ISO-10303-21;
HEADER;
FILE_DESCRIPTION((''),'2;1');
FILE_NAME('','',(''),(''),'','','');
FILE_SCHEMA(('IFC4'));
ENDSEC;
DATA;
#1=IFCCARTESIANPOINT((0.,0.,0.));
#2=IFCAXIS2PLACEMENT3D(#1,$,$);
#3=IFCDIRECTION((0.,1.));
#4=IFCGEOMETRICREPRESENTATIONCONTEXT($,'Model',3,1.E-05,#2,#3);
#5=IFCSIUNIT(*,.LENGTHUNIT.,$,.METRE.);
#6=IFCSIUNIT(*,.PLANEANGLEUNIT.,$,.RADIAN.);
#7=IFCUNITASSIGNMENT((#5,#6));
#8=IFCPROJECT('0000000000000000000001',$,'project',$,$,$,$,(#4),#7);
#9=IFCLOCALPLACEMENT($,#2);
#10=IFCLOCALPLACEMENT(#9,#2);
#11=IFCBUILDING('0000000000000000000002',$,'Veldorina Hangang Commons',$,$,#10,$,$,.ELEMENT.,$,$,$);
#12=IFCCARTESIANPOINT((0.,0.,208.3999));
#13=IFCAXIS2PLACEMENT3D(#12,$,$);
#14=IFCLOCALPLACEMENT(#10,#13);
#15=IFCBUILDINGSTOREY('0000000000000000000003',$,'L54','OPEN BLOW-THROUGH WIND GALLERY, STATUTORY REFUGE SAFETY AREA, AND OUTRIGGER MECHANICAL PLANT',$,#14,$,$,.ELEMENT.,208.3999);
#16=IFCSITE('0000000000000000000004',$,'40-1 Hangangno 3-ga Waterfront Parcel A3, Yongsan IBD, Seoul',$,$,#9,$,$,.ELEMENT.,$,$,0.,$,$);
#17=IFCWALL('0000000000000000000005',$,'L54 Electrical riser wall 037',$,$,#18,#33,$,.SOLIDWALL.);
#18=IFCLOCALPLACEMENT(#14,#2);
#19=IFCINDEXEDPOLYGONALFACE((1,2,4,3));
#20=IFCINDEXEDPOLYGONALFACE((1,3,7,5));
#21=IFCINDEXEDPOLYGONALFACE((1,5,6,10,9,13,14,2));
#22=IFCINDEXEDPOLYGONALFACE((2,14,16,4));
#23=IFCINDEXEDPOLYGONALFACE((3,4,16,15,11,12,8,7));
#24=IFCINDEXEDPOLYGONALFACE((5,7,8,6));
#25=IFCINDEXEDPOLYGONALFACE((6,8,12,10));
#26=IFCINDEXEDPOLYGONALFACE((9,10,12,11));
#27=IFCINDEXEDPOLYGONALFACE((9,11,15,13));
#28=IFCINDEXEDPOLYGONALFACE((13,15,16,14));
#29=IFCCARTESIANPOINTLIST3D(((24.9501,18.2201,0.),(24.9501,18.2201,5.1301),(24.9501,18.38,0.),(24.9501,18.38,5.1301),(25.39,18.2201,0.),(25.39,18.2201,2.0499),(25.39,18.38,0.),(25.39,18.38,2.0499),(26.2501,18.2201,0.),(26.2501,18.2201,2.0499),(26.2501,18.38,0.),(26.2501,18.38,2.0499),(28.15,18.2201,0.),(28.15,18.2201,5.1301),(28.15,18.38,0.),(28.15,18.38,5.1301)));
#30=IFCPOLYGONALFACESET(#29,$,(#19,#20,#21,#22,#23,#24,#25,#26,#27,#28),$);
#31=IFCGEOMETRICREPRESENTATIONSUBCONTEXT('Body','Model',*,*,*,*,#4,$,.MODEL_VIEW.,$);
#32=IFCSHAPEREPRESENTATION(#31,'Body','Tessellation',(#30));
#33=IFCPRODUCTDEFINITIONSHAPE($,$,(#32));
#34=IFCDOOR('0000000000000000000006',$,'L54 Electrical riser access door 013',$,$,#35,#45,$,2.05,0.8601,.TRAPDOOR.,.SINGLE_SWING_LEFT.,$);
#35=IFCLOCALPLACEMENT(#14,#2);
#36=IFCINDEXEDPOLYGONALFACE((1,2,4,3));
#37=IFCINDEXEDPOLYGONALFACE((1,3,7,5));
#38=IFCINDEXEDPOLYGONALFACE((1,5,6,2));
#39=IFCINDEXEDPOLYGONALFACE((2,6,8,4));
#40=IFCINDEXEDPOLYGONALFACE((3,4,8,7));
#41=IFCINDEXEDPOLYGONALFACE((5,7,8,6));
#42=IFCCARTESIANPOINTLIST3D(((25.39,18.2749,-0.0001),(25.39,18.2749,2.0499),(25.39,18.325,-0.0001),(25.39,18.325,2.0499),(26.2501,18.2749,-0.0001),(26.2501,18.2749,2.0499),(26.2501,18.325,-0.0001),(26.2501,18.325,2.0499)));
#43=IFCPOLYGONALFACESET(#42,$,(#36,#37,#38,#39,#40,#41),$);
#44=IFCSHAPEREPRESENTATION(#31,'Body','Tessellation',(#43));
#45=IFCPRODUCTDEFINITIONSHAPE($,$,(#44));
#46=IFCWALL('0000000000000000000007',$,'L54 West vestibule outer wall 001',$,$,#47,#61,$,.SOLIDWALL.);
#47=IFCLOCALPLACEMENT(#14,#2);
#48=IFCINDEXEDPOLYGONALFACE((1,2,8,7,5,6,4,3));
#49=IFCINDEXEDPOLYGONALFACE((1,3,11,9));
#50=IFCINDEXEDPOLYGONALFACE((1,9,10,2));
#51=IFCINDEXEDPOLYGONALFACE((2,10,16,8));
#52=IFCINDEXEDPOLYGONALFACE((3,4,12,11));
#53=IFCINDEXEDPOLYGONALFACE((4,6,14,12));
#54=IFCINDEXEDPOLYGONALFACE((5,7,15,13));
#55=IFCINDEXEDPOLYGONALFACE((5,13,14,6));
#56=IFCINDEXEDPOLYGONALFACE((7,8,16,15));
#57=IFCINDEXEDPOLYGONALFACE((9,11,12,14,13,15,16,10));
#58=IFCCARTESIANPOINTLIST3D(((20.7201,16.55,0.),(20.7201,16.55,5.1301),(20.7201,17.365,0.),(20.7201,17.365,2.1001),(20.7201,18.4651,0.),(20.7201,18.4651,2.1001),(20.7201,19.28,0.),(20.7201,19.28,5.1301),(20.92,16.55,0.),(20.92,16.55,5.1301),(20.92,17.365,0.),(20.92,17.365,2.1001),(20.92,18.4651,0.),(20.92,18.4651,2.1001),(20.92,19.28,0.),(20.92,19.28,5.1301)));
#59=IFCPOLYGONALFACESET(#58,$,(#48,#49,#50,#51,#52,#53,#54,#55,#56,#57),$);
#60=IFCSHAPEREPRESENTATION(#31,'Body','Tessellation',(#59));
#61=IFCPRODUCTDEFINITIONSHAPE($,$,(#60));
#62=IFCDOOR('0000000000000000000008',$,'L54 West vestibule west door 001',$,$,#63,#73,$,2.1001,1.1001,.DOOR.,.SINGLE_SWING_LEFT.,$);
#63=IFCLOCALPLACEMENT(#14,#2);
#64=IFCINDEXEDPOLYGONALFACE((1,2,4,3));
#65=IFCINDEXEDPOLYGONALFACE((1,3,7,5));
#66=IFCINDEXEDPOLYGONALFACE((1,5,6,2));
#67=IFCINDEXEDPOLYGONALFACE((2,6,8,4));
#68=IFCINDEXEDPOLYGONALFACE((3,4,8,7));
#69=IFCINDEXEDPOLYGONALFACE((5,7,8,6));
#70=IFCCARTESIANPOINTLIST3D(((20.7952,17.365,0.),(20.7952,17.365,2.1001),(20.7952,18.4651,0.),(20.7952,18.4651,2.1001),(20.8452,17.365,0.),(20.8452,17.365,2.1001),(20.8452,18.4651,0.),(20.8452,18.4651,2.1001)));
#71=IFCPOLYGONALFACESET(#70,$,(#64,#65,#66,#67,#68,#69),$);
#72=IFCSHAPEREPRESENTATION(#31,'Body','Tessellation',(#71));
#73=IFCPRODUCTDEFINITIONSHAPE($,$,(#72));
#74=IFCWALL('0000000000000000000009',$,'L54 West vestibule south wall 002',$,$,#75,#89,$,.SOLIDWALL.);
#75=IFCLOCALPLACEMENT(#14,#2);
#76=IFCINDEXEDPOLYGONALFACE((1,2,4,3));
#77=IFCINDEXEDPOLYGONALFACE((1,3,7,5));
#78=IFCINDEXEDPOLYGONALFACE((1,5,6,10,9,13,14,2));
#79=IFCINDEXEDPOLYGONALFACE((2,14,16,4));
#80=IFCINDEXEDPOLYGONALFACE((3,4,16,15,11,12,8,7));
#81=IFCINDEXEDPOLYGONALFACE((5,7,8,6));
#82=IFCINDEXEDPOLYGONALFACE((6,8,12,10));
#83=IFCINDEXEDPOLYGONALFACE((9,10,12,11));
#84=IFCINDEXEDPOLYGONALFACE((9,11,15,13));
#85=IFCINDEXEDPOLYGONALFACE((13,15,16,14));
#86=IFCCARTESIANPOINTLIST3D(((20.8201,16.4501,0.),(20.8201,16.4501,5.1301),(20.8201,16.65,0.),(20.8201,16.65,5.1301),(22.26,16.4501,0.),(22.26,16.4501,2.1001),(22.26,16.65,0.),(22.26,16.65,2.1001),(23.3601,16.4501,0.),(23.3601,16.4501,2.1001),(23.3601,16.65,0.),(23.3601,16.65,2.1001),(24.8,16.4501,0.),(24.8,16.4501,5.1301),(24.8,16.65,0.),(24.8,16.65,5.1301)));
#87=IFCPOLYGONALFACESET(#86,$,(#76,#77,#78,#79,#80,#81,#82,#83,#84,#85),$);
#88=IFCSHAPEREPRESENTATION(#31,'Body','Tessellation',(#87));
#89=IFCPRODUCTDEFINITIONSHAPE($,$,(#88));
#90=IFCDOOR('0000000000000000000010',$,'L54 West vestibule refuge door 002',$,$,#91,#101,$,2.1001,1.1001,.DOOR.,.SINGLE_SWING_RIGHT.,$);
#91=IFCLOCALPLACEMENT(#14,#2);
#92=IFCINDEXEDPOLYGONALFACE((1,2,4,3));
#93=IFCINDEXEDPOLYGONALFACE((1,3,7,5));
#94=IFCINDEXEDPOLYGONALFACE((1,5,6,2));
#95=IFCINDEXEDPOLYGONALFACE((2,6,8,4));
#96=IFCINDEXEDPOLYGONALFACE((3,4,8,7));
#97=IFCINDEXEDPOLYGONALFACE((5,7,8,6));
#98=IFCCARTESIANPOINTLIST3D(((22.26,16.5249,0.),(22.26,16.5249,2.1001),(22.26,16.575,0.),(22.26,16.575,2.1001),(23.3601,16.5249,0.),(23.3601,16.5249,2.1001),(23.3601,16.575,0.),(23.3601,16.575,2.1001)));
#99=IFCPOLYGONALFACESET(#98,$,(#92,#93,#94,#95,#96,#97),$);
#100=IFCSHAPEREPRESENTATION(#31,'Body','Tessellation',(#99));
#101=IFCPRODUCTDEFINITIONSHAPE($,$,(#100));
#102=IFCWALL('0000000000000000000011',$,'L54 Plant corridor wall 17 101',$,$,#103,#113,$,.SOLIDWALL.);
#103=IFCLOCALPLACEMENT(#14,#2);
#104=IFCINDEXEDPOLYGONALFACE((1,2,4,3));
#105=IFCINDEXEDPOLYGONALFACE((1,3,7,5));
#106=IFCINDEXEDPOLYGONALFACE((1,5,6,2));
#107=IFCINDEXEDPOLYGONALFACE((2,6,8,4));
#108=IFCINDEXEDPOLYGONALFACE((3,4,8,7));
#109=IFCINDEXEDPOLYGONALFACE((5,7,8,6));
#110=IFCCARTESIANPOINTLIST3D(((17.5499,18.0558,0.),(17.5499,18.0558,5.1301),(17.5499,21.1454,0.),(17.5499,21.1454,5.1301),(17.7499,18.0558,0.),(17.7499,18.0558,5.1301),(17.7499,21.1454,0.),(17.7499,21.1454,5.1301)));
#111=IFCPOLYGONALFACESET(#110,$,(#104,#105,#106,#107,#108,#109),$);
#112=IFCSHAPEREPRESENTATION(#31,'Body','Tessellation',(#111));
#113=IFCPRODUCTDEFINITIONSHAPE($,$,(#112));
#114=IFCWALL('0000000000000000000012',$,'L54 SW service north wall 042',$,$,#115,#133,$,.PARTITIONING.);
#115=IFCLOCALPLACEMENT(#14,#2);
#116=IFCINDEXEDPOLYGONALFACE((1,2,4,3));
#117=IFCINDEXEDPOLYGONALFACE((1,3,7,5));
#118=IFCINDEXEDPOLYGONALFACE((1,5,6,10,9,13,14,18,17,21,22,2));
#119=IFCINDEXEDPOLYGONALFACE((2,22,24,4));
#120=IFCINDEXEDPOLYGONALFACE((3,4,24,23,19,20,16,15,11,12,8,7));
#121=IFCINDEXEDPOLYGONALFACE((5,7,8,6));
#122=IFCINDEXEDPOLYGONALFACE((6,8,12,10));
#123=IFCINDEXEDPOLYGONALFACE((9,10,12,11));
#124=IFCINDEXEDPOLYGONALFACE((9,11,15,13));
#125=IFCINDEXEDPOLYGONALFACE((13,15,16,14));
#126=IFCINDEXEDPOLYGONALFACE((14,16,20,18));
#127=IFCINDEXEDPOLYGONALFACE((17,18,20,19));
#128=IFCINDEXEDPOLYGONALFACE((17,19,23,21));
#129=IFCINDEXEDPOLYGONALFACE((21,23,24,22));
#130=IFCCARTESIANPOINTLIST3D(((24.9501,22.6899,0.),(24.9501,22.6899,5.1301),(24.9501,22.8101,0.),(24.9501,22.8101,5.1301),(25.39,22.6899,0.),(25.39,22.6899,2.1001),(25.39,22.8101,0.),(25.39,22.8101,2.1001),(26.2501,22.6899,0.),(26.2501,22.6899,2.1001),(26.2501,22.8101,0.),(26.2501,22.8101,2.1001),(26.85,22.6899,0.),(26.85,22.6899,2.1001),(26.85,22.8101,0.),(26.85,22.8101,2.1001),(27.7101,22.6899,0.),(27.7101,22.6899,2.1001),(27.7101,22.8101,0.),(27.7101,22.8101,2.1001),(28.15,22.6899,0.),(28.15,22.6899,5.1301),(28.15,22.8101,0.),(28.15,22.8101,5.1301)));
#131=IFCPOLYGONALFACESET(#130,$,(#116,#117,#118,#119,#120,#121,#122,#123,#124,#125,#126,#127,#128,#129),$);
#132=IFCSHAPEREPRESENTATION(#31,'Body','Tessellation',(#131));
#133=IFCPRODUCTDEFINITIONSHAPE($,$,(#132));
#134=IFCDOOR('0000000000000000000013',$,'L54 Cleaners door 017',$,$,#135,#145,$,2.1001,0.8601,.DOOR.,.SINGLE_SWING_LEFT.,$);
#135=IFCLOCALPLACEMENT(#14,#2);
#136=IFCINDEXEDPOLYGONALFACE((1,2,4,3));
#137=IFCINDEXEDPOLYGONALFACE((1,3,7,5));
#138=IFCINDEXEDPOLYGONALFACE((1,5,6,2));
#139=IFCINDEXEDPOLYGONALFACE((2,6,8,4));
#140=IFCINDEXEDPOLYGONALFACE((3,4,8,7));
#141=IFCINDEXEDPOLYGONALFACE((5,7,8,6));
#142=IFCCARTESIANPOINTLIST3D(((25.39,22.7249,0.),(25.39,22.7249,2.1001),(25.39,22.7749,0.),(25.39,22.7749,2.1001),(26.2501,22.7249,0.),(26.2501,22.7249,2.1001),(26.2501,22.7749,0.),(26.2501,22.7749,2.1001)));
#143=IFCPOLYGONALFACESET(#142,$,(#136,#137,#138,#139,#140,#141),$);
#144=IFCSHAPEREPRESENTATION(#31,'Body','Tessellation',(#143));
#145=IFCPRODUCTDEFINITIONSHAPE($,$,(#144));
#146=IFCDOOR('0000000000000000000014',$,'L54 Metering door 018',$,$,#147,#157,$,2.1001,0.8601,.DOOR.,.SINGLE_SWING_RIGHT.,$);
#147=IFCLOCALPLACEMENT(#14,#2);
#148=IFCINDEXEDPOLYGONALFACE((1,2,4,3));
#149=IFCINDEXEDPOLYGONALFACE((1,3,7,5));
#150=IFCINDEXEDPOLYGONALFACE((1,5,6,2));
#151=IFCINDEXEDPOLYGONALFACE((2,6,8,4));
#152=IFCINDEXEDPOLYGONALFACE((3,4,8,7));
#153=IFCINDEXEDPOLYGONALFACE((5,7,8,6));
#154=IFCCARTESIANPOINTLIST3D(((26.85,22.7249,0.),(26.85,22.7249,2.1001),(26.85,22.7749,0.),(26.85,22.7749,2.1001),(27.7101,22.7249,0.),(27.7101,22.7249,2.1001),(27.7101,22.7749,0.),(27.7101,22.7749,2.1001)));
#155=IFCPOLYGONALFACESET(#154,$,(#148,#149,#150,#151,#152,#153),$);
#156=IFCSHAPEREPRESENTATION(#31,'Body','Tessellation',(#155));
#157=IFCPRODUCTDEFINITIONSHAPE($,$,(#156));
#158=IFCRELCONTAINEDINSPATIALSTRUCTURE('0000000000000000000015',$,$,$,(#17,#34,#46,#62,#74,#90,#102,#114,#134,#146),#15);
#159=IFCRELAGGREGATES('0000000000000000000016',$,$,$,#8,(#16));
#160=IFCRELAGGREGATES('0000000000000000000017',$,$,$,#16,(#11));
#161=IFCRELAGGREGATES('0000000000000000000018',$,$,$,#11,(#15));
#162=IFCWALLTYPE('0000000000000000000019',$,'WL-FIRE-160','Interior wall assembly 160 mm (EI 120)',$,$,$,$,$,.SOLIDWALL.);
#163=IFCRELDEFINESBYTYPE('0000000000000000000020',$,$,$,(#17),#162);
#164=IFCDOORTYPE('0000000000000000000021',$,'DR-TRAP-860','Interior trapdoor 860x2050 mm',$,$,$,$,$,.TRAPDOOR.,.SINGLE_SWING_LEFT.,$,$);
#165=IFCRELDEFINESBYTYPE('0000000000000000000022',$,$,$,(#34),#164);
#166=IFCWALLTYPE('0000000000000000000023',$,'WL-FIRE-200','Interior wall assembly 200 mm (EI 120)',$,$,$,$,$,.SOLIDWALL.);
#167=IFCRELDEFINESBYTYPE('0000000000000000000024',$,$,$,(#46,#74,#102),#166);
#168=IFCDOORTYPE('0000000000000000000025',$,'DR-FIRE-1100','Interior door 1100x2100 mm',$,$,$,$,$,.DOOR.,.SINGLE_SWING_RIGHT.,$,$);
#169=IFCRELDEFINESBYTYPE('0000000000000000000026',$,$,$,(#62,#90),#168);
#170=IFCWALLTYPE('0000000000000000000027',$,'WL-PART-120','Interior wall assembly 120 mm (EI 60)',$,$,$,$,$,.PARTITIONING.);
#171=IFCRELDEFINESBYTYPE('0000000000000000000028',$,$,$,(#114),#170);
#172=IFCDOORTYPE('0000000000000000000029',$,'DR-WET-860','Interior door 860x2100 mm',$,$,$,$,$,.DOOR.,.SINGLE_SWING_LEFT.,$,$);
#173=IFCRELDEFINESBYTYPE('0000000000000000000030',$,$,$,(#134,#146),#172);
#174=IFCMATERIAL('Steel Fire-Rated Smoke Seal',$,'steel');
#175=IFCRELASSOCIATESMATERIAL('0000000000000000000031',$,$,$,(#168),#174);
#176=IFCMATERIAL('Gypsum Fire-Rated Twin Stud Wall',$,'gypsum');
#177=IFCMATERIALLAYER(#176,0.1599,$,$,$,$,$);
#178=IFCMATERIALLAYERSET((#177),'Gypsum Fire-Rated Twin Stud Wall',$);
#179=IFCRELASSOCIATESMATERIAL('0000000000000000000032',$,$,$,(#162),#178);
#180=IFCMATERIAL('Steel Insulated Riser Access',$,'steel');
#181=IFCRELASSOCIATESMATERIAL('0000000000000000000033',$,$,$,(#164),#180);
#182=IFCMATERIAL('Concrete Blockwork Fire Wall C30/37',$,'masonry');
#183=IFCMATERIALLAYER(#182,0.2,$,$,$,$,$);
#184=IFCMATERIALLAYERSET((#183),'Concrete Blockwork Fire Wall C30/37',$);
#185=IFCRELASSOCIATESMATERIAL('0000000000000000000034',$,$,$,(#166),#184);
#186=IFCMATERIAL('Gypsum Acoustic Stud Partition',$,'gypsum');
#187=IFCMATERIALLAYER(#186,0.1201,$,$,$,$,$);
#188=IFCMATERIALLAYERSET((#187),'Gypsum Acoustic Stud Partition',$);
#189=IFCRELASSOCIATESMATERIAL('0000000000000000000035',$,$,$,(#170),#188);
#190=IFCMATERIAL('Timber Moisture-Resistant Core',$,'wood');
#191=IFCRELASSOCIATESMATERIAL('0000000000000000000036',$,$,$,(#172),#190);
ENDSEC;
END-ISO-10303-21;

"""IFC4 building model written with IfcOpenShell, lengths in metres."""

from ifc_helpers import new_model, si_unit, direction, frame, frame_2d, origin, place, context, subcontext, project, spatial, rectangle, extrude, material, layer, layer_set, type_object, element, fill, save


model = new_model("IFC4")

# Units and contexts
model_context = context("Model", 3, precision=1e-05, world=origin(), true_north=direction((0.0, 1.0)))
body_context = subcontext(model_context, "Body", "Model", "MODEL_VIEW")
ifc_project = project(units=[si_unit("LENGTHUNIT", "METRE"), si_unit("PLANEANGLEUNIT", "RADIAN")], contexts=[model_context])

# Site, building, storey
site_placement = place(None, origin())
site = spatial("IfcSite", under=ifc_project, at=site_placement, Name="40-1 Hangangno 3-ga Waterfront Parcel A3, Yongsan IBD, Seoul", CompositionType="ELEMENT", RefElevation=0.0)
building_placement = place(site_placement, origin())
building = spatial("IfcBuilding", under=site, at=building_placement, Name="Veldorina Hangang Commons", CompositionType="ELEMENT")
storey_placement = place(building_placement, frame((0.0, 0.0, 208.3999)))
storey = spatial("IfcBuildingStorey", under=building, at=storey_placement, Name="L54", Description="OPEN BLOW-THROUGH WIND GALLERY, STATUTORY REFUGE SAFETY AREA, AND OUTRIGGER MECHANICAL PLANT", CompositionType="ELEMENT", Elevation=208.3999)

# Walls, openings, doors
ifc_material_1 = material(Name="Steel Fire-Rated Smoke Seal", Category="steel")
door_type_1 = type_object("IfcDoorType", Name="DR-FIRE-1100", Description="Interior door 1100x2100 mm", OperationType="SINGLE_SWING_RIGHT", PredefinedType="DOOR", material=ifc_material_1)
ifc_material_2 = material(Name="Gypsum Fire-Rated Twin Stud Wall", Category="gypsum")
ifc_layer_1 = layer(ifc_material_2, 0.1599)
ifc_layer_set_1 = layer_set([ifc_layer_1], Name="Gypsum Fire-Rated Twin Stud Wall")
wall_type_1 = type_object("IfcWallType", Name="WL-FIRE-160", Description="Interior wall assembly 160 mm (EI 120)", PredefinedType="SOLIDWALL", material=ifc_layer_set_1)
wall_1_placement = place(storey_placement, frame((24.95, 18.3, 0.0), z_axis=(0.0, 0.0, 1.0), x_axis=(1.0, 0.0, 0.0)))
wall_1 = element("IfcWall", 1, at=wall_1_placement, inside=storey, type_object=wall_type_1, Name="L54 Electrical riser wall 037", PredefinedType="SOLIDWALL", context=body_context, shape_type="SweptSolid", body=[
    extrude(rectangle(XDim=3.2, YDim=0.1599, at=frame_2d((1.6001, 0.0))), origin(), (0.0, 0.0, 1.0), 5.1301),
])
opening_1_placement = place(wall_1_placement, frame((0.4399, 0.0, 0.0)))
opening_1 = element("IfcOpeningElement", 2, at=opening_1_placement, cuts=wall_1, PredefinedType="OPENING", context=body_context, shape_type="SweptSolid", body=[
    extrude(rectangle(XDim=0.8601, YDim=2.05, at=frame_2d((0.4302, 1.0249))), frame((0.0, 0.0898, 0.0), z_axis=(0.0, -1.0, 0.0), x_axis=(1.0, 0.0, 0.0)), (0.0, 0.0, 1.0), 0.1799),
])
ifc_material_3 = material(Name="Steel Insulated Riser Access", Category="steel")
door_type_2 = type_object("IfcDoorType", Name="DR-TRAP-860", Description="Interior trapdoor 860x2050 mm", OperationType="SINGLE_SWING_LEFT", PredefinedType="TRAPDOOR", material=ifc_material_3)
door_1_placement = place(opening_1_placement, origin())
door_1 = element("IfcDoor", 3, at=door_1_placement, inside=storey, type_object=door_type_2, Name="L54 Electrical riser access door 013", OperationType="SINGLE_SWING_LEFT", OverallHeight=2.05, OverallWidth=0.8601, PredefinedType="TRAPDOOR", context=body_context, shape_type="SweptSolid", body=[
    extrude(rectangle(XDim=0.8601, YDim=2.05, at=frame_2d((0.4302, 1.0249))), frame((0.0, 0.0249, 0.0), z_axis=(0.0, -1.0, 0.0), x_axis=(1.0, 0.0, 0.0)), (0.0, 0.0, 1.0), 0.05),
])
fill(opening_1, door_1)
ifc_material_4 = material(Name="Concrete Blockwork Fire Wall C30/37", Category="masonry")
ifc_layer_2 = layer(ifc_material_4, 0.2)
ifc_layer_set_2 = layer_set([ifc_layer_2], Name="Concrete Blockwork Fire Wall C30/37")
wall_type_2 = type_object("IfcWallType", Name="WL-FIRE-200", Description="Interior wall assembly 200 mm (EI 120)", PredefinedType="SOLIDWALL", material=ifc_layer_set_2)
wall_2_placement = place(storey_placement, frame((20.8201, 16.55, 0.0), z_axis=(0.0, 0.0, 1.0), x_axis=(0.0, 1.0, 0.0)))
wall_2 = element("IfcWall", 4, at=wall_2_placement, inside=storey, type_object=wall_type_2, Name="L54 West vestibule outer wall 001", PredefinedType="SOLIDWALL", context=body_context, shape_type="SweptSolid", body=[
    extrude(rectangle(XDim=2.73, YDim=0.2, at=frame_2d((1.365, 0.0))), origin(), (0.0, 0.0, 1.0), 5.1301),
])
opening_2_placement = place(wall_2_placement, frame((0.8149, 0.0, 0.0)))
opening_2 = element("IfcOpeningElement", 5, at=opening_2_placement, cuts=wall_2, PredefinedType="OPENING", context=body_context, shape_type="SweptSolid", body=[
    extrude(rectangle(XDim=1.1001, YDim=2.1001, at=frame_2d((0.55, 1.05))), frame((0.0, 0.1099, 0.0), z_axis=(0.0, -1.0, 0.0), x_axis=(1.0, 0.0, 0.0)), (0.0, 0.0, 1.0), 0.22),
])
door_2_placement = place(opening_2_placement, origin())
door_2 = element("IfcDoor", 6, at=door_2_placement, inside=storey, type_object=door_type_1, Name="L54 West vestibule west door 001", OperationType="SINGLE_SWING_LEFT", OverallHeight=2.1001, OverallWidth=1.1001, PredefinedType="DOOR", context=body_context, shape_type="SweptSolid", body=[
    extrude(rectangle(XDim=1.1001, YDim=2.1001, at=frame_2d((0.55, 1.05))), frame((0.0, 0.0249, 0.0), z_axis=(0.0, -1.0, 0.0), x_axis=(1.0, 0.0, 0.0)), (0.0, 0.0, 1.0), 0.05),
])
fill(opening_2, door_2)
wall_3_placement = place(storey_placement, frame((20.8201, 16.55, 0.0), z_axis=(0.0, 0.0, 1.0), x_axis=(1.0, 0.0, 0.0)))
wall_3 = element("IfcWall", 7, at=wall_3_placement, inside=storey, type_object=wall_type_2, Name="L54 West vestibule south wall 002", PredefinedType="SOLIDWALL", context=body_context, shape_type="SweptSolid", body=[
    extrude(rectangle(XDim=3.98, YDim=0.2, at=frame_2d((1.99, 0.0))), origin(), (0.0, 0.0, 1.0), 5.1301),
])
opening_3_placement = place(wall_3_placement, frame((1.4399, 0.0, 0.0)))
opening_3 = element("IfcOpeningElement", 8, at=opening_3_placement, cuts=wall_3, PredefinedType="OPENING", context=body_context, shape_type="SweptSolid", body=[
    extrude(rectangle(XDim=1.1001, YDim=2.1001, at=frame_2d((0.55, 1.05))), frame((0.0, 0.1099, 0.0), z_axis=(0.0, -1.0, 0.0), x_axis=(1.0, 0.0, 0.0)), (0.0, 0.0, 1.0), 0.22),
])
door_3_placement = place(opening_3_placement, origin())
door_3 = element("IfcDoor", 9, at=door_3_placement, inside=storey, type_object=door_type_1, Name="L54 West vestibule refuge door 002", OperationType="SINGLE_SWING_RIGHT", OverallHeight=2.1001, OverallWidth=1.1001, PredefinedType="DOOR", context=body_context, shape_type="SweptSolid", body=[
    extrude(rectangle(XDim=1.1001, YDim=2.1001, at=frame_2d((0.55, 1.05))), frame((0.0, 0.0249, 0.0), z_axis=(0.0, -1.0, 0.0), x_axis=(1.0, 0.0, 0.0)), (0.0, 0.0, 1.0), 0.05),
])
fill(opening_3, door_3)

# Wall
wall_4_placement = place(storey_placement, frame((17.6499, 21.1455, 0.0), z_axis=(0.0, 0.0, 1.0), x_axis=(0.0, -1.0, 0.0)))
element("IfcWall", 10, at=wall_4_placement, inside=storey, type_object=wall_type_2, Name="L54 Plant corridor wall 17 101", PredefinedType="SOLIDWALL", context=body_context, shape_type="SweptSolid", body=[
    extrude(rectangle(XDim=3.0896, YDim=0.2, at=frame_2d((1.5449, 0.0))), origin(), (0.0, 0.0, 1.0), 5.1301),
])

# Wall, openings, doors
ifc_material_5 = material(Name="Gypsum Acoustic Stud Partition", Category="gypsum")
ifc_layer_3 = layer(ifc_material_5, 0.1201)
ifc_layer_set_3 = layer_set([ifc_layer_3], Name="Gypsum Acoustic Stud Partition")
wall_type_3 = type_object("IfcWallType", Name="WL-PART-120", Description="Interior wall assembly 120 mm (EI 60)", PredefinedType="PARTITIONING", material=ifc_layer_set_3)
wall_5_placement = place(storey_placement, frame((24.95, 22.75, 0.0), z_axis=(0.0, 0.0, 1.0), x_axis=(1.0, 0.0, 0.0)))
wall_5 = element("IfcWall", 11, at=wall_5_placement, inside=storey, type_object=wall_type_3, Name="L54 SW service north wall 042", PredefinedType="PARTITIONING", context=body_context, shape_type="SweptSolid", body=[
    extrude(rectangle(XDim=3.2, YDim=0.1201, at=frame_2d((1.6001, 0.0))), origin(), (0.0, 0.0, 1.0), 5.1301),
])
opening_4_placement = place(wall_5_placement, frame((0.4399, 0.0, 0.0)))
opening_4 = element("IfcOpeningElement", 12, at=opening_4_placement, cuts=wall_5, PredefinedType="OPENING", context=body_context, shape_type="SweptSolid", body=[
    extrude(rectangle(XDim=0.8601, YDim=2.1001, at=frame_2d((0.4302, 1.05))), frame((0.0, 0.0701, 0.0), z_axis=(0.0, -1.0, 0.0), x_axis=(1.0, 0.0, 0.0)), (0.0, 0.0, 1.0), 0.1401),
])
opening_5_placement = place(wall_5_placement, frame((1.8999, 0.0, 0.0)))
opening_5 = element("IfcOpeningElement", 13, at=opening_5_placement, cuts=wall_5, PredefinedType="OPENING", context=body_context, shape_type="SweptSolid", body=[
    extrude(rectangle(XDim=0.8601, YDim=2.1001, at=frame_2d((0.4302, 1.05))), frame((0.0, 0.0701, 0.0), z_axis=(0.0, -1.0, 0.0), x_axis=(1.0, 0.0, 0.0)), (0.0, 0.0, 1.0), 0.1401),
])
ifc_material_6 = material(Name="Timber Moisture-Resistant Core", Category="wood")
door_type_3 = type_object("IfcDoorType", Name="DR-WET-860", Description="Interior door 860x2100 mm", OperationType="SINGLE_SWING_LEFT", PredefinedType="DOOR", material=ifc_material_6)
door_4_placement = place(opening_4_placement, origin())
door_4 = element("IfcDoor", 14, at=door_4_placement, inside=storey, type_object=door_type_3, Name="L54 Cleaners door 017", OperationType="SINGLE_SWING_LEFT", OverallHeight=2.1001, OverallWidth=0.8601, PredefinedType="DOOR", context=body_context, shape_type="SweptSolid", body=[
    extrude(rectangle(XDim=0.8601, YDim=2.1001, at=frame_2d((0.4302, 1.05))), frame((0.0, 0.0249, 0.0), z_axis=(0.0, -1.0, 0.0), x_axis=(1.0, 0.0, 0.0)), (0.0, 0.0, 1.0), 0.05),
])
fill(opening_4, door_4)
door_5_placement = place(opening_5_placement, origin())
door_5 = element("IfcDoor", 15, at=door_5_placement, inside=storey, type_object=door_type_3, Name="L54 Metering door 018", OperationType="SINGLE_SWING_RIGHT", OverallHeight=2.1001, OverallWidth=0.8601, PredefinedType="DOOR", context=body_context, shape_type="SweptSolid", body=[
    extrude(rectangle(XDim=0.8601, YDim=2.1001, at=frame_2d((0.4302, 1.05))), frame((0.0, 0.0249, 0.0), z_axis=(0.0, -1.0, 0.0), x_axis=(1.0, 0.0, 0.0)), (0.0, 0.0, 1.0), 0.05),
])
fill(opening_5, door_5)

save(model, "model.ifc")
